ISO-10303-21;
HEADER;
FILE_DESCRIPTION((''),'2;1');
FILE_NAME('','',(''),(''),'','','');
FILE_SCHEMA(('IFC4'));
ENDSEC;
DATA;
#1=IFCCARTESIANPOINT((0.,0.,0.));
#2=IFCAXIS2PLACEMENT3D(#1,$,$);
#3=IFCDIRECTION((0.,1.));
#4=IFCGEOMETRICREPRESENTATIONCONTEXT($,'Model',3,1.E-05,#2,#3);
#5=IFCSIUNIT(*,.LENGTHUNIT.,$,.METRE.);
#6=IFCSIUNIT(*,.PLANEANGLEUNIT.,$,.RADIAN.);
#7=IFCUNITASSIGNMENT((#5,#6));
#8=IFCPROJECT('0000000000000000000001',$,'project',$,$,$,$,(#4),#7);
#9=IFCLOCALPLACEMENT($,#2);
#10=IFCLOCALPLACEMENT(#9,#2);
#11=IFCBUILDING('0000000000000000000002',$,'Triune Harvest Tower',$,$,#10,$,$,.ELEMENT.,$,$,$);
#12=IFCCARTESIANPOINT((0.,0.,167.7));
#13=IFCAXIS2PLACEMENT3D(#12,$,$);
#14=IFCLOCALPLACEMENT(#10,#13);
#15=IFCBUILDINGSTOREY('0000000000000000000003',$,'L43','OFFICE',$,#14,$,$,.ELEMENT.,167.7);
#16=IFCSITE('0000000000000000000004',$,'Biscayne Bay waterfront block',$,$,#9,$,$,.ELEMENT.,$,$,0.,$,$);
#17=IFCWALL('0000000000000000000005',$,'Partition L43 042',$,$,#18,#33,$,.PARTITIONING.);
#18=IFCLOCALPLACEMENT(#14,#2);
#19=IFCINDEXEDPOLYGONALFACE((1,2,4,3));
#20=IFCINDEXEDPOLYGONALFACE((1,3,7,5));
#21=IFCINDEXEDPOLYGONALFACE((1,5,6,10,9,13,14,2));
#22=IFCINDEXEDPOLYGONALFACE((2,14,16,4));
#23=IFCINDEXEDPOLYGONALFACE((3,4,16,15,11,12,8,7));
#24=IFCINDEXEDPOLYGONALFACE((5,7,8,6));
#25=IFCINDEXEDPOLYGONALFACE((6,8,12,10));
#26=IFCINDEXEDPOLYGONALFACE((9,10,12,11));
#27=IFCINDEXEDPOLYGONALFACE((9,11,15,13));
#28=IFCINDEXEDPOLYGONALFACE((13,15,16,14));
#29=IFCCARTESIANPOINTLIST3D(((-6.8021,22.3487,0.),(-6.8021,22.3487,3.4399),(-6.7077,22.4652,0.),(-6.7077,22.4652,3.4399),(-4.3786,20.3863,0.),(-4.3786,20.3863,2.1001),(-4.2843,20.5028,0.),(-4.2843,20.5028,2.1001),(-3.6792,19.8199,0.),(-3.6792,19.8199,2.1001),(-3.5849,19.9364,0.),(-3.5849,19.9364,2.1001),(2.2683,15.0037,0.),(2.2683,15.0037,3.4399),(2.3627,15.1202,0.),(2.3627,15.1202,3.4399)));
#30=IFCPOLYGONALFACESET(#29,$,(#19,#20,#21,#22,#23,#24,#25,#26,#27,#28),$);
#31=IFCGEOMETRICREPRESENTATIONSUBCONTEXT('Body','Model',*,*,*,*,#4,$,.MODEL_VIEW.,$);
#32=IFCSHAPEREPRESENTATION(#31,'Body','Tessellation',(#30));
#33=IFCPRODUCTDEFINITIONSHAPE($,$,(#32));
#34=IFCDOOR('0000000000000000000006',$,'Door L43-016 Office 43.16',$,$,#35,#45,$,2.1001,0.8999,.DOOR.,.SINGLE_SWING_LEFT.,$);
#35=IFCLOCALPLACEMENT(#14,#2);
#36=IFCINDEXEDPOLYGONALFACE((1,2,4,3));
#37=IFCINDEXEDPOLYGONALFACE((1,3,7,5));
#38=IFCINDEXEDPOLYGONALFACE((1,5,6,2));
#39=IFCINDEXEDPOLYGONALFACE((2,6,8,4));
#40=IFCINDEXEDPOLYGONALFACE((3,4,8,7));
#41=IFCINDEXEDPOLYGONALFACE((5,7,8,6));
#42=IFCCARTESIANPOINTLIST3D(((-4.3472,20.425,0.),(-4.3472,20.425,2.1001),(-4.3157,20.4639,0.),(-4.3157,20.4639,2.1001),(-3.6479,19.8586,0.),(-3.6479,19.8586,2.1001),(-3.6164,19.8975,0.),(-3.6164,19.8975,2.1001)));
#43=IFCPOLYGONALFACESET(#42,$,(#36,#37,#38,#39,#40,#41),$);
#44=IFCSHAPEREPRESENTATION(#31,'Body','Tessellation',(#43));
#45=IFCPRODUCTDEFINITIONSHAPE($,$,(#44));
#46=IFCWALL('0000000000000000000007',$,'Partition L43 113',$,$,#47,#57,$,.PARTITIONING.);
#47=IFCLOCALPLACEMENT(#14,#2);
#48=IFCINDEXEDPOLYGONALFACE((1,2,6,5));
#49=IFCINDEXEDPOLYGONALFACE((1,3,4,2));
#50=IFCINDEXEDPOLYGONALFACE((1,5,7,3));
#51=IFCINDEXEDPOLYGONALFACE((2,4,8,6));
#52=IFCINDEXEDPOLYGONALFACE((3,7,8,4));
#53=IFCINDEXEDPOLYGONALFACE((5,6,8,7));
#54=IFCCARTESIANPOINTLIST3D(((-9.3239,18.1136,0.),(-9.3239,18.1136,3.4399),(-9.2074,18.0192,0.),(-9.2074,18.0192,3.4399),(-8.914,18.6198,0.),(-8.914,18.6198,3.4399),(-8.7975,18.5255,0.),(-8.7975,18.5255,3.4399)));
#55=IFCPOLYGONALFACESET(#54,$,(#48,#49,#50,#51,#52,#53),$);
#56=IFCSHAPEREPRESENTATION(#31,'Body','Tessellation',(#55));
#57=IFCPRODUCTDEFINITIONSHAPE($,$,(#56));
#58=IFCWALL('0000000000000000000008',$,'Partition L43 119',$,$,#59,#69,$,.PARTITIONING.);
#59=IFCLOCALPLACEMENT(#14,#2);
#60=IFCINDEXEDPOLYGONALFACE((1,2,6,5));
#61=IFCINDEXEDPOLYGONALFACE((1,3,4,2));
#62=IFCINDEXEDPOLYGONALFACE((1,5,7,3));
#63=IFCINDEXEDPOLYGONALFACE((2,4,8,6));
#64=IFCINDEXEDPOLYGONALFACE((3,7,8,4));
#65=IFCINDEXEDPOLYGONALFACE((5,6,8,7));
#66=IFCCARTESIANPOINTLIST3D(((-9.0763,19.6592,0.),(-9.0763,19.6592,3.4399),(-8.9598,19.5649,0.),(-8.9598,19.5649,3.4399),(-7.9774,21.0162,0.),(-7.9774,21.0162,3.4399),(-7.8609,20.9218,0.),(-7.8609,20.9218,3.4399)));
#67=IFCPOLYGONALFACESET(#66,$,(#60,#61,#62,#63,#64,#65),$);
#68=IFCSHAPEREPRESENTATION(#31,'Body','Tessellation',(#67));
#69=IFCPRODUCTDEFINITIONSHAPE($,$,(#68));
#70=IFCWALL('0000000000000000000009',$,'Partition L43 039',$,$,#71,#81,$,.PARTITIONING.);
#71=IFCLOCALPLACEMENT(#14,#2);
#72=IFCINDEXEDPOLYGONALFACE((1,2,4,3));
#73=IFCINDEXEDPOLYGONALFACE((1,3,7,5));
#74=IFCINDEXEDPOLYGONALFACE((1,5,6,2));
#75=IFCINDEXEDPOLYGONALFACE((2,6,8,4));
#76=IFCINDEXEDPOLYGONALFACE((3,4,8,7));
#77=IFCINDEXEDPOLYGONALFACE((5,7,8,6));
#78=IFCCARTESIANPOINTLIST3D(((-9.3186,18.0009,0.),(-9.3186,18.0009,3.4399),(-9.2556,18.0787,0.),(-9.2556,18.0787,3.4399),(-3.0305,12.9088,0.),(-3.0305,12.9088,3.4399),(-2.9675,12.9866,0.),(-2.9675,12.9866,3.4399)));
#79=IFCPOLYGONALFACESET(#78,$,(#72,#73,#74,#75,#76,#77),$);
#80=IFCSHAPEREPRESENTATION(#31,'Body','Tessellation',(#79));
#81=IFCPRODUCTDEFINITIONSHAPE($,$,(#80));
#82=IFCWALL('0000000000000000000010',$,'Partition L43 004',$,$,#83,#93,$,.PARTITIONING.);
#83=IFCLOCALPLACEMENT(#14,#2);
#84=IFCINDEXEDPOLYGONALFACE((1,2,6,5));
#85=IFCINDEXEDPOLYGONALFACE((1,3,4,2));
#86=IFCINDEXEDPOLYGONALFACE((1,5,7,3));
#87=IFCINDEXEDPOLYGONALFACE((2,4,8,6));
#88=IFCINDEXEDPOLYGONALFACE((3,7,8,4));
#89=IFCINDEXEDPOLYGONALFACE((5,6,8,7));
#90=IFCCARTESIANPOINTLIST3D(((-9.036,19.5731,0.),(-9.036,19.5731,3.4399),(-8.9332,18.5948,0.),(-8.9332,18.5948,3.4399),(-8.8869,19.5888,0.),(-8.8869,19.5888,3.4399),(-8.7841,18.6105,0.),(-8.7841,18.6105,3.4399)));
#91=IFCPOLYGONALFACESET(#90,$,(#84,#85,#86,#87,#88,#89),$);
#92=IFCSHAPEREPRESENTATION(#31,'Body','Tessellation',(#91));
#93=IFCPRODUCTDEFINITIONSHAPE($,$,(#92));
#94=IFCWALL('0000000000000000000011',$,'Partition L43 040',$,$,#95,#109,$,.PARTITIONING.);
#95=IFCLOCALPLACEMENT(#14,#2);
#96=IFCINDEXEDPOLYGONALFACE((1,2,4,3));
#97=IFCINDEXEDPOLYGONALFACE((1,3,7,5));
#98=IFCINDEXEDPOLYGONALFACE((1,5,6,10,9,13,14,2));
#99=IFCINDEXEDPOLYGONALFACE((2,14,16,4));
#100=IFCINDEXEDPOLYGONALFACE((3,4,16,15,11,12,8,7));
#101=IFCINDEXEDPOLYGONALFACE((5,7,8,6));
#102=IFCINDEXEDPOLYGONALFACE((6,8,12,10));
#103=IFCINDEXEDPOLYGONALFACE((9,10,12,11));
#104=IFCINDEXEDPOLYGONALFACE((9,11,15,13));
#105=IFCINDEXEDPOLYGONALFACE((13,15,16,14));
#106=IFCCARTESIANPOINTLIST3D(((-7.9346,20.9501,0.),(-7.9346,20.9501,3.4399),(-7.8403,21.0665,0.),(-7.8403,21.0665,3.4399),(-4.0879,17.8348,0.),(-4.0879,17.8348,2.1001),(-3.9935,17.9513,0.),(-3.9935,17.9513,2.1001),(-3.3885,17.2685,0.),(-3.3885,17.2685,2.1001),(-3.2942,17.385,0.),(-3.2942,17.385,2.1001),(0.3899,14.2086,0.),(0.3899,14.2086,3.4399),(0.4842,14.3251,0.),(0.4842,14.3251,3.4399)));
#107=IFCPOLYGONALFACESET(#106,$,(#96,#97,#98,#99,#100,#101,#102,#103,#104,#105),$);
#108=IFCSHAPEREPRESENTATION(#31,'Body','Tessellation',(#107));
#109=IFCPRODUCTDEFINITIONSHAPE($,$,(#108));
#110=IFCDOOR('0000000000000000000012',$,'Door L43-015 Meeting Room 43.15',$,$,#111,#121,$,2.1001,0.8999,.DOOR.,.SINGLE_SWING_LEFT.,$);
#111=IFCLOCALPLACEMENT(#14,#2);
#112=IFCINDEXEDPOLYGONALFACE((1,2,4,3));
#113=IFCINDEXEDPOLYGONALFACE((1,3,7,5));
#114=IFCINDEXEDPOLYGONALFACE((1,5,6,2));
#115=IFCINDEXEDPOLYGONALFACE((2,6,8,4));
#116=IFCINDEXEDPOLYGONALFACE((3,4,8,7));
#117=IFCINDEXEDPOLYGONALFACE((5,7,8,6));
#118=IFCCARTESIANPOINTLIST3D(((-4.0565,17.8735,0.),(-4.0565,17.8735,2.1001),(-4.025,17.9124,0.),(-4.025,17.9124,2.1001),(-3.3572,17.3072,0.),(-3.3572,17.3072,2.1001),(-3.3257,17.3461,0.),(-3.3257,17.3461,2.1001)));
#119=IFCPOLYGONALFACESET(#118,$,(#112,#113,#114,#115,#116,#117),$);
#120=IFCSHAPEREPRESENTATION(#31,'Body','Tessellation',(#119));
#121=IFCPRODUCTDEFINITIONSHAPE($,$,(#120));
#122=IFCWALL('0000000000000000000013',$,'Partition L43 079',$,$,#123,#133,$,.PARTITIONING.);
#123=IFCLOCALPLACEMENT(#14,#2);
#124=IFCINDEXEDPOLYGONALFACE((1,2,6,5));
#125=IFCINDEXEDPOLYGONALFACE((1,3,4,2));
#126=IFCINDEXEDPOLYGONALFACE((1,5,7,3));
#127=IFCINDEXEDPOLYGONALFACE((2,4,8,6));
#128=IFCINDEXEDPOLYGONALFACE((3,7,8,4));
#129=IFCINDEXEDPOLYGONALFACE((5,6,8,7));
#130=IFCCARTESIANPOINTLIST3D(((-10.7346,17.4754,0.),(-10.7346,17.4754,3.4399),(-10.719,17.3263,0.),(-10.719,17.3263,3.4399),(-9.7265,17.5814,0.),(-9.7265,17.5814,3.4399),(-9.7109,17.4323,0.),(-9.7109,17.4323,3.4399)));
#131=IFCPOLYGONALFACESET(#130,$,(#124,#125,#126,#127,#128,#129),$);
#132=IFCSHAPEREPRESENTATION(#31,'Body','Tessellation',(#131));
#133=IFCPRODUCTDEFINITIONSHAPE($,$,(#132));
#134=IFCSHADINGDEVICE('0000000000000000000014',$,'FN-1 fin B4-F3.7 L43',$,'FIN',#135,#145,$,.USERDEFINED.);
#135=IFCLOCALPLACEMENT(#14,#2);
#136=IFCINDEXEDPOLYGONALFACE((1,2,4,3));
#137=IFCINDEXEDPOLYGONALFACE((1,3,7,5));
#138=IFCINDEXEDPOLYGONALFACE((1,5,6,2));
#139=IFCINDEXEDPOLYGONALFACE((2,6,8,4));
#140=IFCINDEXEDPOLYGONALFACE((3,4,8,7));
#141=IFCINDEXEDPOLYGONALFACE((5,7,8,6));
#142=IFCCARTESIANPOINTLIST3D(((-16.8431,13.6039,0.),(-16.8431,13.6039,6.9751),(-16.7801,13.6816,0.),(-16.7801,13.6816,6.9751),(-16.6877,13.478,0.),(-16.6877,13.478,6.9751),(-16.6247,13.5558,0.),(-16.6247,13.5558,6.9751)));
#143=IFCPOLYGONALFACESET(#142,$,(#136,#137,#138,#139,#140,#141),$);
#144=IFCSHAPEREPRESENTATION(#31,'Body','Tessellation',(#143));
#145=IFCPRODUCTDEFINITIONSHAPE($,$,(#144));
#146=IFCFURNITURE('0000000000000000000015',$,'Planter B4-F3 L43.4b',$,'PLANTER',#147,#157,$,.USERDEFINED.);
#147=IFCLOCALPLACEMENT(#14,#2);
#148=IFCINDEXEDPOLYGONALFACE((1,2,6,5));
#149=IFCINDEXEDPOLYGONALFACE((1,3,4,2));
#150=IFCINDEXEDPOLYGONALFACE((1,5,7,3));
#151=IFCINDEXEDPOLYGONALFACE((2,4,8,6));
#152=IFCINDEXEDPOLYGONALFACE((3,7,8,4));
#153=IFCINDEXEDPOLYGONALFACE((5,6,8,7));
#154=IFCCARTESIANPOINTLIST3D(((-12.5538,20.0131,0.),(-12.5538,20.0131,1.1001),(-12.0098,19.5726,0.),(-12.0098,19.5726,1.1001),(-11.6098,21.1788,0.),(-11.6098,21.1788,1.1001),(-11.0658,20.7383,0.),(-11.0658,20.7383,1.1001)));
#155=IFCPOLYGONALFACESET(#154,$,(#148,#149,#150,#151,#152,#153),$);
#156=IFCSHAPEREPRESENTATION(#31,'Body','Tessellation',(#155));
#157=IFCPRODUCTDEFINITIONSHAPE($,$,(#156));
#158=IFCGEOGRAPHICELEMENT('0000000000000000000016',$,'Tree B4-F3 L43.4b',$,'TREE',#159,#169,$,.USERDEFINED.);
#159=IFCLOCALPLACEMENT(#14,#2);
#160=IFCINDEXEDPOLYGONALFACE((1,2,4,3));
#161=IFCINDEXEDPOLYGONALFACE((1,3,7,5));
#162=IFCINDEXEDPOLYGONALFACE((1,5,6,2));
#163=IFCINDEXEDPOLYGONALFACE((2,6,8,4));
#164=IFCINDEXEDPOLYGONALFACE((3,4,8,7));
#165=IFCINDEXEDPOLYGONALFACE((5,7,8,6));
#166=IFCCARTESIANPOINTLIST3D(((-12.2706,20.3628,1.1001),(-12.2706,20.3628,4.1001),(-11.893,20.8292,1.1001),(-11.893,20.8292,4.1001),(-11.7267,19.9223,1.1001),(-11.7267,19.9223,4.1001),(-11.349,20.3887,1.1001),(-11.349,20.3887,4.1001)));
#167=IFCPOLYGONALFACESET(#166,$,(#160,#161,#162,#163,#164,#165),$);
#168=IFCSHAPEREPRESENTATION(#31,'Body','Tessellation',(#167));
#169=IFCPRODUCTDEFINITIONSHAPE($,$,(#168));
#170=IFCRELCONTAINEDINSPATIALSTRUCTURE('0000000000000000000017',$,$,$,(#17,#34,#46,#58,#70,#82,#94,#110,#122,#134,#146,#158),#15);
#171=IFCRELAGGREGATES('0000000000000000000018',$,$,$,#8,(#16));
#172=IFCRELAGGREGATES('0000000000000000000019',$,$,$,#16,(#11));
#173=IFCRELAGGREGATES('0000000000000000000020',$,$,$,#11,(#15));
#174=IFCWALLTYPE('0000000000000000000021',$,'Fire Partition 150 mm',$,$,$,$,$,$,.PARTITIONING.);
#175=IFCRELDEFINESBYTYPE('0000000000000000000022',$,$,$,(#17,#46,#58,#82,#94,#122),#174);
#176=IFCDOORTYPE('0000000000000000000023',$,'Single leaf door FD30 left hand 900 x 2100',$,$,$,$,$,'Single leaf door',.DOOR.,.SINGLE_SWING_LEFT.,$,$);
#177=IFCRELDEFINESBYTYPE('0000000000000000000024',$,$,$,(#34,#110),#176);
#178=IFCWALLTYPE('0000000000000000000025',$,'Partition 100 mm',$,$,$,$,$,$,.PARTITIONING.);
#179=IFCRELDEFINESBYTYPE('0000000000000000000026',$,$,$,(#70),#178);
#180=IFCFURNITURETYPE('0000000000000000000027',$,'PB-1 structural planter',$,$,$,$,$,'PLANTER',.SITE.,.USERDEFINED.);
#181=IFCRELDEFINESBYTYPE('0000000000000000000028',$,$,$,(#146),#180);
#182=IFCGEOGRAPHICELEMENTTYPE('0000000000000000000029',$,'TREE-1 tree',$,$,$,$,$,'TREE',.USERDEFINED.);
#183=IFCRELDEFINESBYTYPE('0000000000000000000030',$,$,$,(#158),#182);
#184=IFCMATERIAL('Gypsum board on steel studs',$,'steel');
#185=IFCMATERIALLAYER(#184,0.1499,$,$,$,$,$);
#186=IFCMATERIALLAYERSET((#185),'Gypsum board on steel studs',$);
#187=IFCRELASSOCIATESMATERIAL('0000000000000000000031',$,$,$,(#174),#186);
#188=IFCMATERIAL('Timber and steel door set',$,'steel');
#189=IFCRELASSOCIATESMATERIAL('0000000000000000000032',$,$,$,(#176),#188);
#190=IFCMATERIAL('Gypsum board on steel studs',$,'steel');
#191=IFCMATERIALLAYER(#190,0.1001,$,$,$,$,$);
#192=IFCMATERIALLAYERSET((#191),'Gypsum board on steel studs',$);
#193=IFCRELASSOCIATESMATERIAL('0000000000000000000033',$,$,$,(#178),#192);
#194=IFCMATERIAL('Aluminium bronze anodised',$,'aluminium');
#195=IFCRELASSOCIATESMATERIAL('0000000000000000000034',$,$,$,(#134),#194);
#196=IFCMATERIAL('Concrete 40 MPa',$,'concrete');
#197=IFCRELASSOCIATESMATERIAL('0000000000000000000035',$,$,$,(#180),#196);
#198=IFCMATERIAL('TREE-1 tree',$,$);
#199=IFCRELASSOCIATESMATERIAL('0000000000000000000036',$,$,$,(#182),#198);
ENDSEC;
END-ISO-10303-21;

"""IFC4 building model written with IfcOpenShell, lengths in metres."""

from ifc_helpers import new_model, si_unit, direction, frame, frame_2d, origin, origin_2d, place, context, subcontext, project, spatial, rectangle, extrude, source, transform, mapped, material, layer, layer_set, type_object, element, fill, save


model = new_model("IFC4")

# Units and contexts
model_context = context("Model", 3, precision=1e-05, world=origin(), true_north=direction((0.0, 1.0)))
body_context = subcontext(model_context, "Body", "Model", "MODEL_VIEW")
ifc_project = project(units=[si_unit("LENGTHUNIT", "METRE"), si_unit("PLANEANGLEUNIT", "RADIAN")], contexts=[model_context])

# Site, building, storey
site_placement = place(None, origin())
site = spatial("IfcSite", under=ifc_project, at=site_placement, Name="Biscayne Bay waterfront block", CompositionType="ELEMENT", RefElevation=0.0)
building_placement = place(site_placement, origin())
building = spatial("IfcBuilding", under=site, at=building_placement, Name="Triune Harvest Tower", CompositionType="ELEMENT")
storey_placement = place(building_placement, frame((0.0, 0.0, 167.7)))
storey = spatial("IfcBuildingStorey", under=building, at=storey_placement, Name="L43", Description="OFFICE", CompositionType="ELEMENT", Elevation=167.7)

# Wall, opening, door
ifc_material_1 = material(Name="Gypsum board on steel studs", Category="steel")
ifc_layer_1 = layer(ifc_material_1, 0.1499)
ifc_layer_set_1 = layer_set([ifc_layer_1], Name="Gypsum board on steel studs")
wall_type_1 = type_object("IfcWallType", Name="Fire Partition 150 mm", PredefinedType="PARTITIONING", material=ifc_layer_set_1)
wall_1_placement = place(storey_placement, frame((-6.7549, 22.407, 0.0), z_axis=(0.0, 0.0, 1.0), x_axis=(0.777147, -0.629319, 0.0)))
wall_1 = element("IfcWall", 1, at=wall_1_placement, inside=storey, type_object=wall_type_1, Name="Partition L43 042", PredefinedType="PARTITIONING", context=body_context, shape_type="SweptSolid", body=[
    extrude(rectangle(XDim=11.6714, YDim=0.1499, at=frame_2d((5.8357, 0.0))), origin(), (0.0, 0.0, 1.0), 3.4399),
])
opening_1_placement = place(wall_1_placement, frame((3.1184, 0.0, 0.0)))
opening_1 = element("IfcOpeningElement", 2, at=opening_1_placement, cuts=wall_1, PredefinedType="OPENING", context=body_context, shape_type="SweptSolid", body=[
    extrude(rectangle(XDim=0.8999, YDim=2.1001, at=frame_2d((0.45, 1.05))), frame((0.0, 0.085, 0.0), z_axis=(0.0, -1.0, 0.0), x_axis=(1.0, 0.0, 0.0)), (0.0, 0.0, 1.0), 0.1699),
])
ifc_material_2 = material(Name="Timber and steel door set", Category="steel")
door_type_1 = type_object("IfcDoorType", Name="Single leaf door FD30 left hand 900 x 2100", ElementType="Single leaf door", OperationType="SINGLE_SWING_LEFT", PredefinedType="DOOR", material=ifc_material_2)
door_1_placement = place(opening_1_placement, origin())
door_1 = element("IfcDoor", 3, at=door_1_placement, inside=storey, type_object=door_type_1, Name="Door L43-016 Office 43.16", OperationType="SINGLE_SWING_LEFT", OverallHeight=2.1001, OverallWidth=0.8999, PredefinedType="DOOR", context=body_context, shape_type="SweptSolid", body=[
    extrude(rectangle(XDim=0.8999, YDim=2.1001, at=frame_2d((0.45, 1.05))), frame((0.0, 0.0249, 0.0), z_axis=(0.0, -1.0, 0.0), x_axis=(1.0, 0.0, 0.0)), (0.0, 0.0, 1.0), 0.05),
])
fill(opening_1, door_1)

# Walls
wall_2_placement = place(storey_placement, frame((-9.2656, 18.0664, 0.0), z_axis=(0.0, 0.0, 1.0), x_axis=(0.629209, 0.777236, 0.0)))
element("IfcWall", 4, at=wall_2_placement, inside=storey, type_object=wall_type_1, Name="Partition L43 113", PredefinedType="PARTITIONING", context=body_context, shape_type="SweptSolid", body=[
    extrude(rectangle(XDim=0.6514, YDim=0.1499, at=frame_2d((0.3257, 0.0))), origin(), (0.0, 0.0, 1.0), 3.4399),
])
wall_3_placement = place(storey_placement, frame((-9.0181, 19.6121, 0.0), z_axis=(0.0, 0.0, 1.0), x_axis=(0.629339, 0.777131, 0.0)))
element("IfcWall", 5, at=wall_3_placement, inside=storey, type_object=wall_type_1, Name="Partition L43 119", PredefinedType="PARTITIONING", context=body_context, shape_type="SweptSolid", body=[
    extrude(rectangle(XDim=1.7461, YDim=0.1499, at=frame_2d((0.873, 0.0))), origin(), (0.0, 0.0, 1.0), 3.4399),
])
ifc_material_3 = material(Name="Gypsum board on steel studs", Category="steel")
ifc_layer_2 = layer(ifc_material_3, 0.1001)
ifc_layer_set_2 = layer_set([ifc_layer_2], Name="Gypsum board on steel studs")
wall_type_2 = type_object("IfcWallType", Name="Partition 100 mm", PredefinedType="PARTITIONING", material=ifc_layer_set_2)
wall_4_placement = place(storey_placement, frame((-9.2871, 18.0398, 0.0), z_axis=(0.0, 0.0, 1.0), x_axis=(0.777143, -0.629324, 0.0)))
element("IfcWall", 6, at=wall_4_placement, inside=storey, type_object=wall_type_2, Name="Partition L43 039", PredefinedType="PARTITIONING", context=body_context, shape_type="SweptSolid", body=[
    extrude(rectangle(XDim=8.0913, YDim=0.1001, at=frame_2d((4.0457, 0.0))), origin(), (0.0, 0.0, 1.0), 3.4399),
])

# Shared definitions
ifc_material_4 = material(Name="Aluminium bronze anodised", Category="aluminium")

# Wall
shared_shape_1 = source(origin(), body_context, "Body", "SweptSolid", [
    extrude(rectangle(XDim=0.9836, YDim=0.1499, at=frame_2d((0.4917, 0.0))), origin(), (0.0, 0.0, 1.0), 3.4399),
])
wall_5_placement = place(storey_placement, frame((-8.9614, 19.5808, 0.0), z_axis=(0.0, 0.0, 1.0), x_axis=(0.104491, -0.994526, 0.0)))
element("IfcWall", 7, at=wall_5_placement, inside=storey, type_object=wall_type_1, Name="Partition L43 004", PredefinedType="PARTITIONING", context=body_context, shape_type="MappedRepresentation", body=[
    mapped(shared_shape_1, transform((0.0, 0.0, 0.0), scale=1.0)),
])

# Wall, opening, door
shared_shape_2 = source(origin(), body_context, "Body", "SweptSolid", [
    extrude(rectangle(XDim=10.7119, YDim=0.1499, at=frame_2d((5.356, 0.0))), origin(), (0.0, 0.0, 1.0), 3.4399),
])
wall_6_placement = place(storey_placement, frame((-7.8875, 21.0083, 0.0), z_axis=(0.0, 0.0, 1.0), x_axis=(0.777126, -0.629345, 0.0)))
wall_6 = element("IfcWall", 8, at=wall_6_placement, inside=storey, type_object=wall_type_1, Name="Partition L43 040", PredefinedType="PARTITIONING", context=body_context, shape_type="MappedRepresentation", body=[
    mapped(shared_shape_2, transform((0.0, 0.0, 0.0), scale=1.0)),
])
opening_2_placement = place(wall_6_placement, frame((4.95, 0.0, 0.0)))
opening_2 = element("IfcOpeningElement", 9, at=opening_2_placement, cuts=wall_6, PredefinedType="OPENING", context=body_context, shape_type="SweptSolid", body=[
    extrude(rectangle(XDim=0.8999, YDim=2.1001, at=frame_2d((0.45, 1.05))), frame((0.0, 0.085, 0.0), z_axis=(0.0, -1.0, 0.0), x_axis=(1.0, 0.0, 0.0)), (0.0, 0.0, 1.0), 0.1699),
])
door_2_placement = place(opening_2_placement, origin())
door_2 = element("IfcDoor", 10, at=door_2_placement, inside=storey, type_object=door_type_1, Name="Door L43-015 Meeting Room 43.15", OperationType="SINGLE_SWING_LEFT", OverallHeight=2.1001, OverallWidth=0.8999, PredefinedType="DOOR", context=body_context, shape_type="SweptSolid", body=[
    extrude(rectangle(XDim=0.8999, YDim=2.1001, at=frame_2d((0.45, 1.05))), frame((0.0, 0.0249, 0.0), z_axis=(0.0, -1.0, 0.0), x_axis=(1.0, 0.0, 0.0)), (0.0, 0.0, 1.0), 0.05),
])
fill(opening_2, door_2)

# Wall
shared_shape_3 = source(origin(), body_context, "Body", "SweptSolid", [
    extrude(rectangle(XDim=1.0137, YDim=0.1499, at=frame_2d((0.5068, 0.0))), origin(), (0.0, 0.0, 1.0), 3.4399),
])
wall_7_placement = place(storey_placement, frame((-10.7268, 17.4009, 0.0), z_axis=(0.0, 0.0, 1.0), x_axis=(0.994521, 0.104534, 0.0)))
element("IfcWall", 11, at=wall_7_placement, inside=storey, type_object=wall_type_1, Name="Partition L43 079", PredefinedType="PARTITIONING", context=body_context, shape_type="MappedRepresentation", body=[
    mapped(shared_shape_3, transform((0.0, 0.0, 0.0), scale=1.0)),
])

# Shading device
shared_shape_4 = source(origin(), body_context, "Body", "SweptSolid", [
    extrude(rectangle(XDim=0.1001, YDim=0.2, at=origin_2d()), origin(), (0.0, 0.0, 1.0), 6.9751),
])
shading_device_placement = place(storey_placement, frame((-16.7339, 13.5798, 0.0), z_axis=(0.0, 0.0, 1.0), x_axis=(-0.629321, -0.777145, 0.0)))
element("IfcShadingDevice", 12, at=shading_device_placement, inside=storey, material=ifc_material_4, Name="FN-1 fin B4-F3.7 L43", ObjectType="FIN", PredefinedType="USERDEFINED", context=body_context, shape_type="MappedRepresentation", body=[
    mapped(shared_shape_4, transform((0.0, 0.0, 0.0), scale=1.0)),
])

# Furniture
ifc_material_5 = material(Name="Concrete 40 MPa", Category="concrete")
furniture_type = type_object("IfcFurnitureType", Name="PB-1 structural planter", ElementType="PLANTER", AssemblyPlace="SITE", PredefinedType="USERDEFINED", material=ifc_material_5)
shared_shape_5 = source(origin(), body_context, "Body", "SweptSolid", [
    extrude(rectangle(XDim=1.5, YDim=0.7, at=origin_2d()), origin(), (0.0, 0.0, 1.0), 1.1001),
])
furniture_placement = place(storey_placement, frame((-11.8098, 20.3757, 0.0), z_axis=(0.0, 0.0, 1.0), x_axis=(-0.629321, -0.777145, 0.0)))
element("IfcFurniture", 13, at=furniture_placement, inside=storey, type_object=furniture_type, Name="Planter B4-F3 L43.4b", ObjectType="PLANTER", PredefinedType="USERDEFINED", context=body_context, shape_type="MappedRepresentation", body=[
    mapped(shared_shape_5, transform((0.0, 0.0, 0.0), scale=1.0)),
])

# Geographic element
ifc_material_6 = material(Name="TREE-1 tree")
geographic_element_type = type_object("IfcGeographicElementType", Name="TREE-1 tree", ElementType="TREE", PredefinedType="USERDEFINED", material=ifc_material_6)
shared_shape_6 = source(origin(), body_context, "Body", "SweptSolid", [
    extrude(rectangle(XDim=0.6001, YDim=0.7, at=origin_2d()), origin(), (0.0, 0.0, 1.0), 3.0),
])
geographic_element_placement = place(storey_placement, frame((-11.8098, 20.3757, 1.1001), z_axis=(0.0, 0.0, 1.0), x_axis=(-0.629321, -0.777145, 0.0)))
element("IfcGeographicElement", 14, at=geographic_element_placement, inside=storey, type_object=geographic_element_type, Name="Tree B4-F3 L43.4b", ObjectType="TREE", PredefinedType="USERDEFINED", context=body_context, shape_type="MappedRepresentation", body=[
    mapped(shared_shape_6, transform((0.0, 0.0, 0.0), scale=1.0)),
])

save(model, "model.ifc")
